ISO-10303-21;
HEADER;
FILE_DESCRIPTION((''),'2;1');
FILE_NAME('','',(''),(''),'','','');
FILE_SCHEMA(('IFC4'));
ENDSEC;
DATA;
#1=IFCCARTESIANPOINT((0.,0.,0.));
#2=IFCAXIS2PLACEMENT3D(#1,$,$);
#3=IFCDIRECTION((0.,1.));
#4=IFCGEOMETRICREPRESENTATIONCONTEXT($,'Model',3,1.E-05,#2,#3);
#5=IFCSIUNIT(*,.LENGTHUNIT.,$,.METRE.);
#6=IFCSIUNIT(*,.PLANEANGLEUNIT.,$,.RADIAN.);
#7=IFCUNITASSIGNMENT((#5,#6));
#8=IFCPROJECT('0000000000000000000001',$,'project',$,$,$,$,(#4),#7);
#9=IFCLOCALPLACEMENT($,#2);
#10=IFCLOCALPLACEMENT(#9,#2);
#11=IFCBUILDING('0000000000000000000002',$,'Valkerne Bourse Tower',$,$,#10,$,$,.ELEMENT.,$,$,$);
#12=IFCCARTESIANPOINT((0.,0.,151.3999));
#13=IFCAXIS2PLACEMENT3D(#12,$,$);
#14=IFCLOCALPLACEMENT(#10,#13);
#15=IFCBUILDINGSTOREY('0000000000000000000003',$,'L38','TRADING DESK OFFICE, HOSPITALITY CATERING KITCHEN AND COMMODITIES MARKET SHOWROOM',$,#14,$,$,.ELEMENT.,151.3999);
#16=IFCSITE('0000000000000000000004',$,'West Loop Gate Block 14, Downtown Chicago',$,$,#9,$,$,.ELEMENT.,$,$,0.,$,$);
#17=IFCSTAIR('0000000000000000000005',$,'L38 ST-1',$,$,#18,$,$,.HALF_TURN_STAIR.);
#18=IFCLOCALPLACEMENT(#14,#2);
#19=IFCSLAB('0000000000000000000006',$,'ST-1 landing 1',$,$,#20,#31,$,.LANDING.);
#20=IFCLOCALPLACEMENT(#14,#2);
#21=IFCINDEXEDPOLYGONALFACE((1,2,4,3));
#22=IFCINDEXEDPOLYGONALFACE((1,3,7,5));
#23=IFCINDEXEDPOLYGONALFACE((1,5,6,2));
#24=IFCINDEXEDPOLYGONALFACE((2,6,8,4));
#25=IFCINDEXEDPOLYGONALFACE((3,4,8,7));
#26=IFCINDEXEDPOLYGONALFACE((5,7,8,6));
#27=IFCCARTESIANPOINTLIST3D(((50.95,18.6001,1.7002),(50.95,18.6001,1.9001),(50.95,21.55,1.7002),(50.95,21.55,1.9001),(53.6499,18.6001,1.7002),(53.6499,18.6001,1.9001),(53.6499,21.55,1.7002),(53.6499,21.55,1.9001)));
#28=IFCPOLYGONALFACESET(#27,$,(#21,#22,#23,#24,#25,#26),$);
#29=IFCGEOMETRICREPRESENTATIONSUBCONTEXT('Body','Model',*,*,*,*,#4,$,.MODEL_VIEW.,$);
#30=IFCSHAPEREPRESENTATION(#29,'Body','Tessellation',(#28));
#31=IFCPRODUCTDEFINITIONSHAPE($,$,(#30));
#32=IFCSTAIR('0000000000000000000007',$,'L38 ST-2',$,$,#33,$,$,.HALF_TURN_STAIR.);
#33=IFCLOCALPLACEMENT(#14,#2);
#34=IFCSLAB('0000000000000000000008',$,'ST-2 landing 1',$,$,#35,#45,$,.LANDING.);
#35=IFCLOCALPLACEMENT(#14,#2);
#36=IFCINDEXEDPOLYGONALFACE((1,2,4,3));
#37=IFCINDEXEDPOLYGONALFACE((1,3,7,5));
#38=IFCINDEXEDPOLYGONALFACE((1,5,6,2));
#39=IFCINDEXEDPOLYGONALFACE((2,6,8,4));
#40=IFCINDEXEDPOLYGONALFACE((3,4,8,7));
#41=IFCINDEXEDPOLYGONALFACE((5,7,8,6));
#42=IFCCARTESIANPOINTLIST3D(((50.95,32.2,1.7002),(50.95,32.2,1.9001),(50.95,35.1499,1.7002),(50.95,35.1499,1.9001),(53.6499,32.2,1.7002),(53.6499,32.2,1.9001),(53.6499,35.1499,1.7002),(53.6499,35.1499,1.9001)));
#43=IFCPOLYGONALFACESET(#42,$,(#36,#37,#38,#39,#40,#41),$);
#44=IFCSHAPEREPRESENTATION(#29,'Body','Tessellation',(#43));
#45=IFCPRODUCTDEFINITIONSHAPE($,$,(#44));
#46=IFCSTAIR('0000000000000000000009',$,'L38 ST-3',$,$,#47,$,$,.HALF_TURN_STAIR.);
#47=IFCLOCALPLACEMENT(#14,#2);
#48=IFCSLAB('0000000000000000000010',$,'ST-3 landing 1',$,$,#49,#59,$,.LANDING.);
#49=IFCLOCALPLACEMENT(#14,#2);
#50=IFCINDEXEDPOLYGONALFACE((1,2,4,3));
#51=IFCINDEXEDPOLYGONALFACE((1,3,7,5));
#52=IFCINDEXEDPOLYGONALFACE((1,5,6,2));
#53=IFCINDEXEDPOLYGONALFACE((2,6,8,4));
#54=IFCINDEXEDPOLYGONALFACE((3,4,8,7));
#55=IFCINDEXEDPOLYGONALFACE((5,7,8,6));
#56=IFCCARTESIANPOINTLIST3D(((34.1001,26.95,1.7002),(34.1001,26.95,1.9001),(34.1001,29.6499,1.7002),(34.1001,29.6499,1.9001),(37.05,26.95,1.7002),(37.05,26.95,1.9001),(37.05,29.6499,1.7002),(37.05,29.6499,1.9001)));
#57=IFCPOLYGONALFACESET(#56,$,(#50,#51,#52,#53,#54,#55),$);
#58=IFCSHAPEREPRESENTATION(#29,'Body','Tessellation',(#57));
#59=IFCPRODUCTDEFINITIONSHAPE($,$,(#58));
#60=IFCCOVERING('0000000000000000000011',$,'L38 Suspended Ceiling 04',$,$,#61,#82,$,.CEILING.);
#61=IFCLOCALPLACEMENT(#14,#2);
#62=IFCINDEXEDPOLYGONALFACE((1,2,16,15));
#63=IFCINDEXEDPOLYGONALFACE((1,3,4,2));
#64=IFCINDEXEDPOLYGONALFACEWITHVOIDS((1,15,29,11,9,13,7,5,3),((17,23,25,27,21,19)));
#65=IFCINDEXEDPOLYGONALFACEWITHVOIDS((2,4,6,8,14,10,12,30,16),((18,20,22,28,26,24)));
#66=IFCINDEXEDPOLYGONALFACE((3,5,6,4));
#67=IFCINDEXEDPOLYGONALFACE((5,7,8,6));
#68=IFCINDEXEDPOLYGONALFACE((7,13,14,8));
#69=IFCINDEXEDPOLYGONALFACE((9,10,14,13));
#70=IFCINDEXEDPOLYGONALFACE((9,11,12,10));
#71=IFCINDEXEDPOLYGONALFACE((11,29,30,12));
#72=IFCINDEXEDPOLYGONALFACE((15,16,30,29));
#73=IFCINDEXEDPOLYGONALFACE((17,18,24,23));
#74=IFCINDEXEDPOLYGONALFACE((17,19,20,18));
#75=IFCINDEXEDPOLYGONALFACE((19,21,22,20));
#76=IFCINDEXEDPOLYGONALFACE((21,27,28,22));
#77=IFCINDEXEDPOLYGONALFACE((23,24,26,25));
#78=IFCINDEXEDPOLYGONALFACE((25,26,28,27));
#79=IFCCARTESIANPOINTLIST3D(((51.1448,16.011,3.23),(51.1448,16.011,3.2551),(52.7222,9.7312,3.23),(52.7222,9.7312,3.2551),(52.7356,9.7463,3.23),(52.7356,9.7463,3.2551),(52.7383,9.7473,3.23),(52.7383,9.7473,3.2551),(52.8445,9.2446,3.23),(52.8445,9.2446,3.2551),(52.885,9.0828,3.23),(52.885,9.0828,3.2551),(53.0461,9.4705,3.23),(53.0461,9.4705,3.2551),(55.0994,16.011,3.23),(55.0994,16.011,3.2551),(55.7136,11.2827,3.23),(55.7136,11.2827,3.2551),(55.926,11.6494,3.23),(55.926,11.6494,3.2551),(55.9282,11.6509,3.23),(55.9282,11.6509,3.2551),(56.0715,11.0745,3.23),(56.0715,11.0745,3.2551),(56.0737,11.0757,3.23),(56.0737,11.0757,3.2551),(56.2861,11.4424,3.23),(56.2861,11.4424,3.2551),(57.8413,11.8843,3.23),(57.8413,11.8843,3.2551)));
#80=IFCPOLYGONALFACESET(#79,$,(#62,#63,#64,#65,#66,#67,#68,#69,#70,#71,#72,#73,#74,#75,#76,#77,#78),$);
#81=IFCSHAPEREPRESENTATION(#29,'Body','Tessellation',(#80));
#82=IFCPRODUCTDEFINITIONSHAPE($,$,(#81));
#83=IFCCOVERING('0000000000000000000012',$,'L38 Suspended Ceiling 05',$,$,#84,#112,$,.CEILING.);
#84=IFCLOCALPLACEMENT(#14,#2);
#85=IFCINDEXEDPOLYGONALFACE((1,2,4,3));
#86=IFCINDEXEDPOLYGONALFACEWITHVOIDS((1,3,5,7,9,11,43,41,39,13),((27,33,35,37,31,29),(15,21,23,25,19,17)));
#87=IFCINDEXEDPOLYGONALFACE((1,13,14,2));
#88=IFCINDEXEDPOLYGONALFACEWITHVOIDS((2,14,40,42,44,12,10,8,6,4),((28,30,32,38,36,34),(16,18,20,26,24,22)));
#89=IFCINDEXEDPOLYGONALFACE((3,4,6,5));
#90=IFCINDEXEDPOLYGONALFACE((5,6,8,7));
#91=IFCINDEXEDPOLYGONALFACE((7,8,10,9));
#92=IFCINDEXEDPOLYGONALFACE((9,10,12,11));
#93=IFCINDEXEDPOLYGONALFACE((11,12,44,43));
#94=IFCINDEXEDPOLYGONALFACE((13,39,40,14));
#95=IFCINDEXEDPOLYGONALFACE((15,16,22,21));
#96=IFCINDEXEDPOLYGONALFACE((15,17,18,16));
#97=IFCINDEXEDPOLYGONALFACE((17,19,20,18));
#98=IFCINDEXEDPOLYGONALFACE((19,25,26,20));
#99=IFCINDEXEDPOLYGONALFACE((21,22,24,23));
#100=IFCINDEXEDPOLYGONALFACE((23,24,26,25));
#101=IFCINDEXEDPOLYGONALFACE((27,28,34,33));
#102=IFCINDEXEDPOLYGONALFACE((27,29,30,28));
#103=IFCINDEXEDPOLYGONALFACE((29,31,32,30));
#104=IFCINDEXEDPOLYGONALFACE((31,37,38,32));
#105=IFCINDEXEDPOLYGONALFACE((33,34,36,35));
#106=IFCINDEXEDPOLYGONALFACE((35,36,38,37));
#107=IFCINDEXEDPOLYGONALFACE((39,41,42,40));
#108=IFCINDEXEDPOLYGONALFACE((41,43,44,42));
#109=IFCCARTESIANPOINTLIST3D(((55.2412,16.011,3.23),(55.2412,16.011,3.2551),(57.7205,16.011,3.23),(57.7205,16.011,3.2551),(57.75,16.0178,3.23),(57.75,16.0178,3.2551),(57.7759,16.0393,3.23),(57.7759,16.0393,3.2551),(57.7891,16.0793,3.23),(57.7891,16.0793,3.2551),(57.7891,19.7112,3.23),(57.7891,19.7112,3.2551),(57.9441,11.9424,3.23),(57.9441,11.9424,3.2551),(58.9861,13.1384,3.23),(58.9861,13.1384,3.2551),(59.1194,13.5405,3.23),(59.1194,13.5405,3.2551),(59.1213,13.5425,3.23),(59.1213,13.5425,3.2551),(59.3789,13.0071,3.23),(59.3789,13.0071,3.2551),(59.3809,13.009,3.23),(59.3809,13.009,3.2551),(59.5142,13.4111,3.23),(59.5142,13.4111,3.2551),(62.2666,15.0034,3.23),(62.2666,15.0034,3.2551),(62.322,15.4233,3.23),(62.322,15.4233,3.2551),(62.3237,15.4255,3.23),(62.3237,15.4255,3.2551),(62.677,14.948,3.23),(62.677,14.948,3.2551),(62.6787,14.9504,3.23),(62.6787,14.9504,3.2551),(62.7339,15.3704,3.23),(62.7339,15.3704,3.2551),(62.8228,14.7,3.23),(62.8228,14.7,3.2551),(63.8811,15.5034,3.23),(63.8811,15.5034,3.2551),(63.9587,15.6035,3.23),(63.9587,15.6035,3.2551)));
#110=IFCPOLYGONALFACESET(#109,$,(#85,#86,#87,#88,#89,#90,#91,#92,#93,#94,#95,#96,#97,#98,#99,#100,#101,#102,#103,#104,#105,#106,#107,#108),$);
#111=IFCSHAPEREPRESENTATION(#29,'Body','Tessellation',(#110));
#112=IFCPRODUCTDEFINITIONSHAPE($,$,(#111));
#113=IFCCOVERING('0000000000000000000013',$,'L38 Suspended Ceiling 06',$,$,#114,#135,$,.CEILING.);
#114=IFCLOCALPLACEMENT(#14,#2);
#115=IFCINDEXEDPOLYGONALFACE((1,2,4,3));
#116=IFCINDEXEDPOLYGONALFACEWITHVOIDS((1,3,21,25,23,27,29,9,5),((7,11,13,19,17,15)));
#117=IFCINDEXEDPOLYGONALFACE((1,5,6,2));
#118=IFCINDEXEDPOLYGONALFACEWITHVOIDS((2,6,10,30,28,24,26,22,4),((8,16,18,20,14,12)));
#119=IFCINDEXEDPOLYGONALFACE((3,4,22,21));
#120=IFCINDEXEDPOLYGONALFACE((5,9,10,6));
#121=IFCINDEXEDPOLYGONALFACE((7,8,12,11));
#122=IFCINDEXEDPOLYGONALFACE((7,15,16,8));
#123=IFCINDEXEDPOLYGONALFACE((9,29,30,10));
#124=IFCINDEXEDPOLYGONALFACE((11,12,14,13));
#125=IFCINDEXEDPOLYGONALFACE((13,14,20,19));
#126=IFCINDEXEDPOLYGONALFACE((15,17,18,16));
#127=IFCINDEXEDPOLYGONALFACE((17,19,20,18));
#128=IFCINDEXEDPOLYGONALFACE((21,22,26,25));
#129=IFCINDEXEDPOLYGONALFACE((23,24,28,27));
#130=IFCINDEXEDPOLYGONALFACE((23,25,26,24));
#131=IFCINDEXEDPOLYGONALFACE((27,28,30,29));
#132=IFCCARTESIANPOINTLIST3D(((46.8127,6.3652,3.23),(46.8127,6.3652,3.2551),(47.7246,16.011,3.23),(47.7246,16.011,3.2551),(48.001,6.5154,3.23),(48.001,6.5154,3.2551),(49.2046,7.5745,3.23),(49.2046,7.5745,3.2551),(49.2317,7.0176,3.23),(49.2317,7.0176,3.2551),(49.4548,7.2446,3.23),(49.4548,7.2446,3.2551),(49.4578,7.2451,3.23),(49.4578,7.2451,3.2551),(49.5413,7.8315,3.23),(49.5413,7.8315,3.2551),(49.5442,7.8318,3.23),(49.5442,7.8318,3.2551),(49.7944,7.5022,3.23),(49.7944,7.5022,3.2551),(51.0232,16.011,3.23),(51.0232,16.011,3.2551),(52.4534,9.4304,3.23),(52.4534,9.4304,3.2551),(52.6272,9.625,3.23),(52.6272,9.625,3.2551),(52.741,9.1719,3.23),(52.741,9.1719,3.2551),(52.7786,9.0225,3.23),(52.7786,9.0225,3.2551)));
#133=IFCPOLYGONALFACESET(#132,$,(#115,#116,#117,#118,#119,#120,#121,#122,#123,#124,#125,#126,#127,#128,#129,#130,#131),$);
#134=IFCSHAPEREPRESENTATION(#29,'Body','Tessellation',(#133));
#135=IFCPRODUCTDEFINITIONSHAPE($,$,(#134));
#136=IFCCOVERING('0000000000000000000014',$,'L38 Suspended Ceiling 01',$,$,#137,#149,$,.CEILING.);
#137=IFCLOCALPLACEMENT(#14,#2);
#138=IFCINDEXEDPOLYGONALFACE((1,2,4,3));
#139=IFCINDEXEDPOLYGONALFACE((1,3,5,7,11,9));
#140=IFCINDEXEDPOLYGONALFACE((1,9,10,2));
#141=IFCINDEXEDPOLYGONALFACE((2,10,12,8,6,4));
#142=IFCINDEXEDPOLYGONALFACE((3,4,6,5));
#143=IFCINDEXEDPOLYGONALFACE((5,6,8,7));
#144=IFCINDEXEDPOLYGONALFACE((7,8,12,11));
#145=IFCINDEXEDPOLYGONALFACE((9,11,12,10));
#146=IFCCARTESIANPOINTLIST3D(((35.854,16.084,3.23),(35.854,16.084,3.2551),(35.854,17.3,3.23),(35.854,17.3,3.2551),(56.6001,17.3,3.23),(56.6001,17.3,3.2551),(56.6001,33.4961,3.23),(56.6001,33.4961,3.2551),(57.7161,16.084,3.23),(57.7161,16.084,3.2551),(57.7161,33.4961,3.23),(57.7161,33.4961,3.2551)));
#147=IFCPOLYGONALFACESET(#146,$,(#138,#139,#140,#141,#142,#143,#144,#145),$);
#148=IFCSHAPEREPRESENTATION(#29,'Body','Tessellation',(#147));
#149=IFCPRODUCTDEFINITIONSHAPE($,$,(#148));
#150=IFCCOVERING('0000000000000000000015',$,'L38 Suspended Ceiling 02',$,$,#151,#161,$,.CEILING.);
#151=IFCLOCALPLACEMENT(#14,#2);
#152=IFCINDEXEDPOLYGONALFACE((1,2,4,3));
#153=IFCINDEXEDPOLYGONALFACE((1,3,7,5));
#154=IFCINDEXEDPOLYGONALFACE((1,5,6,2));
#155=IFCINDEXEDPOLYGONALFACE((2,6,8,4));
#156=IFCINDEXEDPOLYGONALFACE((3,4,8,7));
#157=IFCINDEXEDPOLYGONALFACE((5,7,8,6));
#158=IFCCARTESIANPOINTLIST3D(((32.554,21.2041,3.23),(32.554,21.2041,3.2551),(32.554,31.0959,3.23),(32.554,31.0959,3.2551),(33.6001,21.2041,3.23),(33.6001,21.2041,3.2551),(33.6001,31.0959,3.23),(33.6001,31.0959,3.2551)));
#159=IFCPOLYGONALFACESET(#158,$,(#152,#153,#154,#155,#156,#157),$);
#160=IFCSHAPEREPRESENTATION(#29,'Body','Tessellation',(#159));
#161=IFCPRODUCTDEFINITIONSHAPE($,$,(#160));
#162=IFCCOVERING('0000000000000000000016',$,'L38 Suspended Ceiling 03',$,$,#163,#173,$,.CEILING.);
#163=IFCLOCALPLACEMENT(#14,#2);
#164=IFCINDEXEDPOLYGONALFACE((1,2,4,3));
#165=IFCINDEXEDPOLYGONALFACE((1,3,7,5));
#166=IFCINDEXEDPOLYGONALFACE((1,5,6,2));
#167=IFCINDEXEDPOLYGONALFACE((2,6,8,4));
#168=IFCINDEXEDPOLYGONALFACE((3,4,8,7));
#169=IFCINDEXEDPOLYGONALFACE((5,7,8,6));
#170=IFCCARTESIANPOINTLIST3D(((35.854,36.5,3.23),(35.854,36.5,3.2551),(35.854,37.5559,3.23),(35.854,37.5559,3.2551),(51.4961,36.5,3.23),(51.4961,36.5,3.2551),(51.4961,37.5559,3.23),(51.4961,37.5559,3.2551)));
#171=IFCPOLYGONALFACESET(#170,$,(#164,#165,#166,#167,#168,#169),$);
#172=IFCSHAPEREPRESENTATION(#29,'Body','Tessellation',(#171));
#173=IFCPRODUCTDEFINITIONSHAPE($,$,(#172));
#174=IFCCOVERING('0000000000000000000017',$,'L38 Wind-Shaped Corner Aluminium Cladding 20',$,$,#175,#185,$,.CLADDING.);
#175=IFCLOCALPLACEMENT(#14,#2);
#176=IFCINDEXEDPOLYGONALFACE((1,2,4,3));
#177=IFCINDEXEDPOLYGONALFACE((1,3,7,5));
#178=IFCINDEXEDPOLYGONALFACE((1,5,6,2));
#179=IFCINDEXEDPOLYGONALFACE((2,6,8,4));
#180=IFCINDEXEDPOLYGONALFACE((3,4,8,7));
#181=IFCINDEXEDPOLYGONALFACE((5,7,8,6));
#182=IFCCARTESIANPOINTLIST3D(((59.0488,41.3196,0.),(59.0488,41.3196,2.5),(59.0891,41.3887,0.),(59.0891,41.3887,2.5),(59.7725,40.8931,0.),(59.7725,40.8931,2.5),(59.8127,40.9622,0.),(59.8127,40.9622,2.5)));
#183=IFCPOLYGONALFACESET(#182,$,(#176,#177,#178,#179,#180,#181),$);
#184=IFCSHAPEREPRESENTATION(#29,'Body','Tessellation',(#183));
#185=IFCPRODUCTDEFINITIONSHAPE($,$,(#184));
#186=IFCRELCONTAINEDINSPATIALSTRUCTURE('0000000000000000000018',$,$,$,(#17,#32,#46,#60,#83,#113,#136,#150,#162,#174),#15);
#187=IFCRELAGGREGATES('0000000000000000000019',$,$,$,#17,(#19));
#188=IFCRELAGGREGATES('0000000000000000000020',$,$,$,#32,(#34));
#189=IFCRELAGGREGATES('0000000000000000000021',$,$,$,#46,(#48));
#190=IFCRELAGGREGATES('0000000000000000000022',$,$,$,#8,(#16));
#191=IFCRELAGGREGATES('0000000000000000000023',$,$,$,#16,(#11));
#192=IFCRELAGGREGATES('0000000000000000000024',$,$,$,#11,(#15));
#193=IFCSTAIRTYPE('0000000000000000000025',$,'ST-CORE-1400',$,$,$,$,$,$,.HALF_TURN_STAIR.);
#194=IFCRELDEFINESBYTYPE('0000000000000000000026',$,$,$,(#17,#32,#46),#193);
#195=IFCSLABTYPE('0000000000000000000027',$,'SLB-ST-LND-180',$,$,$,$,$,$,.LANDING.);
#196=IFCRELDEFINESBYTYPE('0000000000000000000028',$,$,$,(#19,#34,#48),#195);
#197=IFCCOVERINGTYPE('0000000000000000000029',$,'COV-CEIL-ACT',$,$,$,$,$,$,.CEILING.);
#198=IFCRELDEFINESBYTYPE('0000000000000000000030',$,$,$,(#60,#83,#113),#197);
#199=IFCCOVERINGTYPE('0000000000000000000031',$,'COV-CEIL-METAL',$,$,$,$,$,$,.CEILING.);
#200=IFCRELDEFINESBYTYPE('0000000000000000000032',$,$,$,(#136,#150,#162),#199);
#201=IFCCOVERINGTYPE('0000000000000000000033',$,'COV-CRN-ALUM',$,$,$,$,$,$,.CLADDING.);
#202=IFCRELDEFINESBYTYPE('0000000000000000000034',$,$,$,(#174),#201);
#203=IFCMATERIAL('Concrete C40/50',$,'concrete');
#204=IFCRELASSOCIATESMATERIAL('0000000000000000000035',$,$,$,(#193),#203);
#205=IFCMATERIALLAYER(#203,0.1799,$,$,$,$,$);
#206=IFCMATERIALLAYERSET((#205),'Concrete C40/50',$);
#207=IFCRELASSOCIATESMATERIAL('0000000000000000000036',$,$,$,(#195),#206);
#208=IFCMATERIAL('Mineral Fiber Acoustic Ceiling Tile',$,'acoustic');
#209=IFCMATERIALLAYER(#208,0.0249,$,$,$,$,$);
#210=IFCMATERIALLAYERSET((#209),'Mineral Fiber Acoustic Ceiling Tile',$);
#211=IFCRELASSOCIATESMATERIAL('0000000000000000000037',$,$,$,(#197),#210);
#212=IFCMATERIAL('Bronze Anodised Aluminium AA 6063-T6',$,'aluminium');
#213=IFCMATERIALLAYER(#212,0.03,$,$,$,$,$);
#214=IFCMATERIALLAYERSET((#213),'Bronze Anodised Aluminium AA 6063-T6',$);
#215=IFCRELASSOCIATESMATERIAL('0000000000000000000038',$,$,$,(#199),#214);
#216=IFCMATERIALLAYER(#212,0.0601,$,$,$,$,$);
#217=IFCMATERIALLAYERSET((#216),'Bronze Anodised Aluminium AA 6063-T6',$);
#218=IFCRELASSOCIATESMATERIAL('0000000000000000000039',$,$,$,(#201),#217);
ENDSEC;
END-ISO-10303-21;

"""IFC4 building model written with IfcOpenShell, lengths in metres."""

from ifc_helpers import new_model, si_unit, direction, frame, origin, place, context, subcontext, project, spatial, polyline, outline, extrude, material, layer, layer_set, type_object, element, aggregate, save


model = new_model("IFC4")

# Units and contexts
model_context = context("Model", 3, precision=1e-05, world=origin(), true_north=direction((0.0, 1.0)))
body_context = subcontext(model_context, "Body", "Model", "MODEL_VIEW")
ifc_project = project(units=[si_unit("LENGTHUNIT", "METRE"), si_unit("PLANEANGLEUNIT", "RADIAN")], contexts=[model_context])

# Site, building, storey
site_placement = place(None, origin())
site = spatial("IfcSite", under=ifc_project, at=site_placement, Name="West Loop Gate Block 14, Downtown Chicago", CompositionType="ELEMENT", RefElevation=0.0)
building_placement = place(site_placement, origin())
building = spatial("IfcBuilding", under=site, at=building_placement, Name="Valkerne Bourse Tower", CompositionType="ELEMENT")
storey_placement = place(building_placement, frame((0.0, 0.0, 151.3999)))
storey = spatial("IfcBuildingStorey", under=building, at=storey_placement, Name="L38", Description="TRADING DESK OFFICE, HOSPITALITY CATERING KITCHEN AND COMMODITIES MARKET SHOWROOM", CompositionType="ELEMENT", Elevation=151.3999)

# Stairs, slabs
ifc_material_1 = material(Name="Concrete C40/50", Category="concrete")
stair_type = type_object("IfcStairType", Name="ST-CORE-1400", PredefinedType="HALF_TURN_STAIR", material=ifc_material_1)
stair_1_placement = place(storey_placement, origin())
stair_1 = element("IfcStair", 1, at=stair_1_placement, inside=storey, type_object=stair_type, Name="L38 ST-1", PredefinedType="HALF_TURN_STAIR")
ifc_layer_1 = layer(ifc_material_1, 0.1799)
ifc_layer_set_1 = layer_set([ifc_layer_1], Name="Concrete C40/50")
slab_type = type_object("IfcSlabType", Name="SLB-ST-LND-180", PredefinedType="LANDING", material=ifc_layer_set_1)
slab_1_placement = place(storey_placement, frame((0.0, 0.0, 1.7002)))
slab_1 = element("IfcSlab", 2, at=slab_1_placement, type_object=slab_type, Name="ST-1 landing 1", PredefinedType="LANDING", context=body_context, shape_type="SweptSolid", body=[
    extrude(outline(polyline([(50.95, 18.6001), (53.6499, 18.6001), (53.6499, 21.55), (50.95, 21.55), (50.95, 18.6001)])), origin(), (0.0, 0.0, 1.0), 0.2),
])
aggregate(stair_1, [slab_1])
stair_2_placement = place(storey_placement, origin())
stair_2 = element("IfcStair", 3, at=stair_2_placement, inside=storey, type_object=stair_type, Name="L38 ST-2", PredefinedType="HALF_TURN_STAIR")
slab_2_placement = place(storey_placement, frame((0.0, 0.0, 1.7002)))
slab_2 = element("IfcSlab", 4, at=slab_2_placement, type_object=slab_type, Name="ST-2 landing 1", PredefinedType="LANDING", context=body_context, shape_type="SweptSolid", body=[
    extrude(outline(polyline([(50.95, 32.2), (53.6499, 32.2), (53.6499, 35.1499), (50.95, 35.1499), (50.95, 32.2)])), origin(), (0.0, 0.0, 1.0), 0.2),
])
aggregate(stair_2, [slab_2])
stair_3_placement = place(storey_placement, origin())
stair_3 = element("IfcStair", 5, at=stair_3_placement, inside=storey, type_object=stair_type, Name="L38 ST-3", PredefinedType="HALF_TURN_STAIR")
slab_3_placement = place(storey_placement, frame((0.0, 0.0, 1.7002)))
slab_3 = element("IfcSlab", 6, at=slab_3_placement, type_object=slab_type, Name="ST-3 landing 1", PredefinedType="LANDING", context=body_context, shape_type="SweptSolid", body=[
    extrude(outline(polyline([(37.05, 26.95), (37.05, 29.6499), (34.1001, 29.6499), (34.1001, 26.95), (37.05, 26.95)])), origin(), (0.0, 0.0, 1.0), 0.2),
])
aggregate(stair_3, [slab_3])

# Coverings
ifc_material_2 = material(Name="Mineral Fiber Acoustic Ceiling Tile", Category="acoustic")
ifc_layer_2 = layer(ifc_material_2, 0.0249)
ifc_layer_set_2 = layer_set([ifc_layer_2], Name="Mineral Fiber Acoustic Ceiling Tile")
covering_type_1 = type_object("IfcCoveringType", Name="COV-CEIL-ACT", PredefinedType="CEILING", material=ifc_layer_set_2)
covering_1_placement = place(storey_placement, frame((0.0, 0.0, 3.23)))
element("IfcCovering", 7, at=covering_1_placement, inside=storey, type_object=covering_type_1, Name="L38 Suspended Ceiling 04", PredefinedType="CEILING", context=body_context, shape_type="SweptSolid", body=[
    extrude(outline(polyline([(55.0994, 16.011), (57.8413, 11.8843), (52.885, 9.0828), (52.8445, 9.2446), (53.0461, 9.4705), (52.7383, 9.7473), (52.7356, 9.7463), (52.7222, 9.7312), (51.1448, 16.011), (55.0994, 16.011)]), holes=[polyline([(56.0737, 11.0757), (56.2861, 11.4424), (55.9282, 11.6509), (55.926, 11.6494), (55.7136, 11.2827), (56.0715, 11.0745), (56.0737, 11.0757)])]), origin(), (0.0, 0.0, 1.0), 0.0251),
])
covering_2_placement = place(storey_placement, frame((0.0, 0.0, 3.23)))
element("IfcCovering", 8, at=covering_2_placement, inside=storey, type_object=covering_type_1, Name="L38 Suspended Ceiling 05", PredefinedType="CEILING", context=body_context, shape_type="SweptSolid", body=[
    extrude(outline(polyline([(57.9441, 11.9424), (55.2412, 16.011), (57.7205, 16.011), (57.75, 16.0178), (57.7759, 16.0393), (57.7891, 16.0793), (57.7891, 19.7112), (63.9587, 15.6035), (63.8811, 15.5034), (62.8228, 14.7), (57.9441, 11.9424)]), holes=[polyline([(59.3809, 13.009), (59.5142, 13.4111), (59.1213, 13.5425), (59.1194, 13.5405), (58.9861, 13.1384), (59.3789, 13.0071), (59.3809, 13.009)]), polyline([(62.7339, 15.3704), (62.3237, 15.4255), (62.322, 15.4233), (62.2666, 15.0034), (62.677, 14.948), (62.6787, 14.9504), (62.7339, 15.3704)])]), origin(), (0.0, 0.0, 1.0), 0.0251),
])
covering_3_placement = place(storey_placement, frame((0.0, 0.0, 3.23)))
element("IfcCovering", 9, at=covering_3_placement, inside=storey, type_object=covering_type_1, Name="L38 Suspended Ceiling 06", PredefinedType="CEILING", context=body_context, shape_type="SweptSolid", body=[
    extrude(outline(polyline([(46.8127, 6.3652), (47.7246, 16.011), (51.0232, 16.011), (52.6272, 9.625), (52.4534, 9.4304), (52.741, 9.1719), (52.7786, 9.0225), (49.2317, 7.0176), (48.001, 6.5154), (46.8127, 6.3652)]), holes=[polyline([(49.7944, 7.5022), (49.5442, 7.8318), (49.5413, 7.8315), (49.2046, 7.5745), (49.4548, 7.2446), (49.4578, 7.2451), (49.7944, 7.5022)])]), origin(), (0.0, 0.0, 1.0), 0.0251),
])
ifc_material_3 = material(Name="Bronze Anodised Aluminium AA 6063-T6", Category="aluminium")
ifc_layer_3 = layer(ifc_material_3, 0.03)
ifc_layer_set_3 = layer_set([ifc_layer_3], Name="Bronze Anodised Aluminium AA 6063-T6")
covering_type_2 = type_object("IfcCoveringType", Name="COV-CEIL-METAL", PredefinedType="CEILING", material=ifc_layer_set_3)
covering_4_placement = place(storey_placement, frame((0.0, 0.0, 3.23)))
element("IfcCovering", 10, at=covering_4_placement, inside=storey, type_object=covering_type_2, Name="L38 Suspended Ceiling 01", PredefinedType="CEILING", context=body_context, shape_type="SweptSolid", body=[
    extrude(outline(polyline([(35.854, 17.3), (56.6001, 17.3), (56.6001, 33.4961), (57.7161, 33.4961), (57.7161, 16.084), (35.854, 16.084), (35.854, 17.3)])), origin(), (0.0, 0.0, 1.0), 0.0251),
])
covering_5_placement = place(storey_placement, frame((0.0, 0.0, 3.23)))
element("IfcCovering", 11, at=covering_5_placement, inside=storey, type_object=covering_type_2, Name="L38 Suspended Ceiling 02", PredefinedType="CEILING", context=body_context, shape_type="SweptSolid", body=[
    extrude(outline(polyline([(32.554, 21.2041), (32.554, 31.0959), (33.6001, 31.0959), (33.6001, 21.2041), (32.554, 21.2041)])), origin(), (0.0, 0.0, 1.0), 0.0251),
])
covering_6_placement = place(storey_placement, frame((0.0, 0.0, 3.23)))
element("IfcCovering", 12, at=covering_6_placement, inside=storey, type_object=covering_type_2, Name="L38 Suspended Ceiling 03", PredefinedType="CEILING", context=body_context, shape_type="SweptSolid", body=[
    extrude(outline(polyline([(35.854, 37.5559), (51.4961, 37.5559), (51.4961, 36.5), (35.854, 36.5), (35.854, 37.5559)])), origin(), (0.0, 0.0, 1.0), 0.0251),
])
ifc_layer_4 = layer(ifc_material_3, 0.0601)
ifc_layer_set_4 = layer_set([ifc_layer_4], Name="Bronze Anodised Aluminium AA 6063-T6")
covering_type_3 = type_object("IfcCoveringType", Name="COV-CRN-ALUM", PredefinedType="CLADDING", material=ifc_layer_set_4)
covering_7_placement = place(storey_placement, origin())
element("IfcCovering", 13, at=covering_7_placement, inside=storey, type_object=covering_type_3, Name="L38 Wind-Shaped Corner Aluminium Cladding 20", PredefinedType="CLADDING", context=body_context, shape_type="SweptSolid", body=[
    extrude(outline(polyline([(59.8127, 40.9622), (59.7725, 40.8931), (59.0488, 41.3196), (59.0891, 41.3887), (59.8127, 40.9622)])), origin(), (0.0, 0.0, 1.0), 2.5),
])

save(model, "model.ifc")
